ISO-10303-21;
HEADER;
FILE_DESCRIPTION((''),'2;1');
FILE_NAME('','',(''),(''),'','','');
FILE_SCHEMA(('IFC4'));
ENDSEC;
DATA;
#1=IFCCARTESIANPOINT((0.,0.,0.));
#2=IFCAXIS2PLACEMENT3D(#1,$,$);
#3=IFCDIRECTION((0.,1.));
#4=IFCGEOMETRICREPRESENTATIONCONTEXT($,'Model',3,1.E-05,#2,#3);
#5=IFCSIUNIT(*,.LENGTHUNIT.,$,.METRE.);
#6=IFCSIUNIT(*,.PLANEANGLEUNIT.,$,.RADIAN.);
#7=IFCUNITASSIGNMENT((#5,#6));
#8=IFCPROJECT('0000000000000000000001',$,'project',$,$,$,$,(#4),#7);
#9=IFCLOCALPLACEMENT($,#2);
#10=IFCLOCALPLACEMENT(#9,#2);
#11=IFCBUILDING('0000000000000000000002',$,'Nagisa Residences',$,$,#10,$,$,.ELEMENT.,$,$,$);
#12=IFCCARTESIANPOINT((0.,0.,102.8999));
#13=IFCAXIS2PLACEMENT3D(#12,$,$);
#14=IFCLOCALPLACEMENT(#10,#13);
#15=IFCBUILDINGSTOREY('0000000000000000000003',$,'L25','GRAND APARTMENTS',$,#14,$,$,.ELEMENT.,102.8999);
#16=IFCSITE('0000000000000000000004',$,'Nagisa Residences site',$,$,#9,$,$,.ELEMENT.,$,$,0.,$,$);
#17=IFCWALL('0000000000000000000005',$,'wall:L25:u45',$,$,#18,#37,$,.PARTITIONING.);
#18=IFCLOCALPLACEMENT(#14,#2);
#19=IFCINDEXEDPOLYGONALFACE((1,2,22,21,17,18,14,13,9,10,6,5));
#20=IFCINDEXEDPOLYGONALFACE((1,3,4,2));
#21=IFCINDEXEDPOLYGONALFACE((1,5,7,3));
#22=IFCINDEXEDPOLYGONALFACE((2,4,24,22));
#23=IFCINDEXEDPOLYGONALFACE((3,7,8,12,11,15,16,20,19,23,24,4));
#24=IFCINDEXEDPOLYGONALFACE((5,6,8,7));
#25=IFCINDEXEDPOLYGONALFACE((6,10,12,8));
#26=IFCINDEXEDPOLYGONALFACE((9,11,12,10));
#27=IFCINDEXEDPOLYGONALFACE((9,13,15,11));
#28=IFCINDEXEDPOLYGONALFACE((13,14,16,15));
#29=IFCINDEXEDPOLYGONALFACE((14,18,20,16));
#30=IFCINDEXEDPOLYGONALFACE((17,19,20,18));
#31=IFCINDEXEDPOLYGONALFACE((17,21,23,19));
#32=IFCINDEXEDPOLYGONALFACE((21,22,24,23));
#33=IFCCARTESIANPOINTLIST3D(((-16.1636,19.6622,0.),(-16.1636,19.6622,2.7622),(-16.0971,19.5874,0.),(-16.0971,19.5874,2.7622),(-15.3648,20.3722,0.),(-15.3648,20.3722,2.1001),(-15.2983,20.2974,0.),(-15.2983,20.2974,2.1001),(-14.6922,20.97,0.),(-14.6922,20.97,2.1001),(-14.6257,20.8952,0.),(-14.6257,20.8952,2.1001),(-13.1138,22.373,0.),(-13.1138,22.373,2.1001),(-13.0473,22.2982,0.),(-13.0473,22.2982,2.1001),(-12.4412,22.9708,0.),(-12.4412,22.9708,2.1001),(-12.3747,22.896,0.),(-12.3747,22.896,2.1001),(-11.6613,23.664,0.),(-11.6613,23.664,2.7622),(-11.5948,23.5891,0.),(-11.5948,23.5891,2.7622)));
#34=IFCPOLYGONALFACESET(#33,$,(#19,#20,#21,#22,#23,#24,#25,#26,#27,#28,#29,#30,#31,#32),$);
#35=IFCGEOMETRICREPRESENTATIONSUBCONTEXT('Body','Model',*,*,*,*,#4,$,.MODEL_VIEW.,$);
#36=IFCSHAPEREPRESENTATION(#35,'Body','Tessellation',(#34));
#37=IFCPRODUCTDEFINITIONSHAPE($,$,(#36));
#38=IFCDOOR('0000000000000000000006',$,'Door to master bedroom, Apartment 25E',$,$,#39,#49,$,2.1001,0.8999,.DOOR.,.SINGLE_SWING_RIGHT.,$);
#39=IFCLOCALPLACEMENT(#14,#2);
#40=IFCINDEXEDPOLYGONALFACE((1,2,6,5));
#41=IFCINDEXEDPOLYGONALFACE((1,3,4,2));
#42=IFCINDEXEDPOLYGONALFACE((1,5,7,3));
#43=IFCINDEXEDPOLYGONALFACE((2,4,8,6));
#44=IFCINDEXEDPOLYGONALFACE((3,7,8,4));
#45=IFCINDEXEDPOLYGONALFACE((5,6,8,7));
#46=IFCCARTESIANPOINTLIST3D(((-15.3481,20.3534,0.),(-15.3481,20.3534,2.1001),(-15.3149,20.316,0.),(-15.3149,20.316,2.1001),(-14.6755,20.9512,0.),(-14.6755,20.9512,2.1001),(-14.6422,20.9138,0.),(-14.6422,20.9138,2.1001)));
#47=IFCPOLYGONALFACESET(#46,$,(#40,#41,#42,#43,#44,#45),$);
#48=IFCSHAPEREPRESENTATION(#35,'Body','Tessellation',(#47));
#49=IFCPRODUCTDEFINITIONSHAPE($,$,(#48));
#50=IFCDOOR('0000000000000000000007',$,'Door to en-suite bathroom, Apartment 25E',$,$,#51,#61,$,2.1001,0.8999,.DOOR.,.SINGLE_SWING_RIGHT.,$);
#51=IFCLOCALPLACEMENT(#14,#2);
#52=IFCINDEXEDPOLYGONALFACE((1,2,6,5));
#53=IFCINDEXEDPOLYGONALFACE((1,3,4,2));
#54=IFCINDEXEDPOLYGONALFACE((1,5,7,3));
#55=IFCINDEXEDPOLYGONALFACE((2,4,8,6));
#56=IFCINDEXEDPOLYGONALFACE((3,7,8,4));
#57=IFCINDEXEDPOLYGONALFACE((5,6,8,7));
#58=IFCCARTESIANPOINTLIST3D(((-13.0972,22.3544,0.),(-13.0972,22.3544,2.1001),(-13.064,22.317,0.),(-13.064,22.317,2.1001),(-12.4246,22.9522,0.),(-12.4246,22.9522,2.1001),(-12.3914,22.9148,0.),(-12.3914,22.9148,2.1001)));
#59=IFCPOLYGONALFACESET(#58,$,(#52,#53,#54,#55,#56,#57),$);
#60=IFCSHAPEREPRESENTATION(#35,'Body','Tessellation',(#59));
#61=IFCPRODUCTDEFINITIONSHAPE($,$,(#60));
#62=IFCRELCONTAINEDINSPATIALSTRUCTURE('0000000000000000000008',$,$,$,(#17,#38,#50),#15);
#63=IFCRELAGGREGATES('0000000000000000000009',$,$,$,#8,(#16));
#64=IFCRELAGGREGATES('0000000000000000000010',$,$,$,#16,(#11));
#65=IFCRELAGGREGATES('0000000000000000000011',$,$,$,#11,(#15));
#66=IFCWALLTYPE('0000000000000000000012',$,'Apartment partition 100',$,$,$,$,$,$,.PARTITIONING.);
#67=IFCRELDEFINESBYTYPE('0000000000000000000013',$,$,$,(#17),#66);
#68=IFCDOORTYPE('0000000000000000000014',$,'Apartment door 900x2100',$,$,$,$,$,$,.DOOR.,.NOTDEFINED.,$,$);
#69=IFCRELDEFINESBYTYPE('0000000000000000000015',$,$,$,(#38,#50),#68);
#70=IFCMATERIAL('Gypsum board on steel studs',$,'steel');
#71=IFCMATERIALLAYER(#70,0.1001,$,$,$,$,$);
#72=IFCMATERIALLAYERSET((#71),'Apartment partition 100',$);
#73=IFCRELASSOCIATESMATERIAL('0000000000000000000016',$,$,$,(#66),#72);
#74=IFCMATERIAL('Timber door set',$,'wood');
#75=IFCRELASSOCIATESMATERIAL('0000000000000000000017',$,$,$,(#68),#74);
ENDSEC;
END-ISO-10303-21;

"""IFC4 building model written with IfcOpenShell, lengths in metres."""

from ifc_helpers import new_model, si_unit, direction, frame, frame_2d, origin, place, context, subcontext, project, spatial, rectangle, extrude, material, layer, layer_set, type_object, element, fill, save


model = new_model("IFC4")

# Units and contexts
model_context = context("Model", 3, precision=1e-05, world=origin(), true_north=direction((0.0, 1.0)))
body_context = subcontext(model_context, "Body", "Model", "MODEL_VIEW")
ifc_project = project(units=[si_unit("LENGTHUNIT", "METRE"), si_unit("PLANEANGLEUNIT", "RADIAN")], contexts=[model_context])

# Site, building, storey
site_placement = place(None, origin())
site = spatial("IfcSite", under=ifc_project, at=site_placement, Name="Nagisa Residences site", CompositionType="ELEMENT", RefElevation=0.0)
building_placement = place(site_placement, origin())
building = spatial("IfcBuilding", under=site, at=building_placement, Name="Nagisa Residences", CompositionType="ELEMENT")
storey_placement = place(building_placement, frame((0.0, 0.0, 102.8999)))
storey = spatial("IfcBuildingStorey", under=building, at=storey_placement, Name="L25", Description="GRAND APARTMENTS", CompositionType="ELEMENT", Elevation=102.8999)

# Shared definitions
ifc_material_1 = material(Name="Gypsum board on steel studs", Category="steel")
ifc_layer_1 = layer(ifc_material_1, 0.1001)
ifc_layer_set_1 = layer_set([ifc_layer_1], Name="Apartment partition 100")
wall_type_1 = type_object("IfcWallType", Name="Apartment partition 100", PredefinedType="PARTITIONING", material=ifc_layer_set_1)

# Shared definitions
ifc_material_2 = material(Name="Timber door set", Category="wood")
door_type_1 = type_object("IfcDoorType", Name="Apartment door 900x2100", OperationType="NOTDEFINED", PredefinedType="DOOR", material=ifc_material_2)

# Wall, openings, doors
wall_1_placement = place(storey_placement, frame((-11.6282, 23.6265, 0.0), z_axis=(0.0, 0.0, 1.0), x_axis=(-0.747429, -0.664341, 0.0)))
wall_1 = element("IfcWall", 1, at=wall_1_placement, inside=storey, type_object=wall_type_1, Name="wall:L25:u45", PredefinedType="PARTITIONING", context=body_context, shape_type="SweptSolid", body=[
    extrude(rectangle(XDim=6.0237, YDim=0.1001, at=frame_2d((3.0117, 0.0))), origin(), (0.0, 0.0, 1.0), 2.7622),
])
opening_1_placement = place(wall_1_placement, frame((4.0549, 0.0, 0.0)))
opening_1 = element("IfcOpeningElement", 2, at=opening_1_placement, cuts=wall_1, PredefinedType="OPENING", context=body_context, shape_type="SweptSolid", body=[
    extrude(rectangle(XDim=0.8999, YDim=2.1001, at=frame_2d((0.45, 1.05))), frame((0.0, 0.0601, 0.0), z_axis=(0.0, -1.0, 0.0), x_axis=(1.0, 0.0, 0.0)), (0.0, 0.0, 1.0), 0.1201),
])
opening_2_placement = place(wall_1_placement, frame((1.0432, 0.0, 0.0)))
opening_2 = element("IfcOpeningElement", 3, at=opening_2_placement, cuts=wall_1, PredefinedType="OPENING", context=body_context, shape_type="SweptSolid", body=[
    extrude(rectangle(XDim=0.8999, YDim=2.1001, at=frame_2d((0.45, 1.05))), frame((0.0, 0.0601, 0.0), z_axis=(0.0, -1.0, 0.0), x_axis=(1.0, 0.0, 0.0)), (0.0, 0.0, 1.0), 0.1201),
])
door_1_placement = place(opening_1_placement, frame((0.8999, 0.0, 0.0), x_axis=(-1.0, 0.0, 0.0)))
door_1 = element("IfcDoor", 4, at=door_1_placement, inside=storey, type_object=door_type_1, Name="Door to master bedroom, Apartment 25E", OperationType="SINGLE_SWING_RIGHT", OverallHeight=2.1001, OverallWidth=0.8999, PredefinedType="DOOR", context=body_context, shape_type="SweptSolid", body=[
    extrude(rectangle(XDim=0.8999, YDim=2.1001, at=frame_2d((0.45, 1.05))), frame((0.0, 0.0249, 0.0), z_axis=(0.0, -1.0, 0.0), x_axis=(1.0, 0.0, 0.0)), (0.0, 0.0, 1.0), 0.05),
])
fill(opening_1, door_1)
door_2_placement = place(opening_2_placement, origin())
door_2 = element("IfcDoor", 5, at=door_2_placement, inside=storey, type_object=door_type_1, Name="Door to en-suite bathroom, Apartment 25E", OperationType="SINGLE_SWING_RIGHT", OverallHeight=2.1001, OverallWidth=0.8999, PredefinedType="DOOR", context=body_context, shape_type="SweptSolid", body=[
    extrude(rectangle(XDim=0.8999, YDim=2.1001, at=frame_2d((0.45, 1.05))), frame((0.0, 0.0249, 0.0), z_axis=(0.0, -1.0, 0.0), x_axis=(1.0, 0.0, 0.0)), (0.0, 0.0, 1.0), 0.05),
])
fill(opening_2, door_2)

save(model, "model.ifc")
